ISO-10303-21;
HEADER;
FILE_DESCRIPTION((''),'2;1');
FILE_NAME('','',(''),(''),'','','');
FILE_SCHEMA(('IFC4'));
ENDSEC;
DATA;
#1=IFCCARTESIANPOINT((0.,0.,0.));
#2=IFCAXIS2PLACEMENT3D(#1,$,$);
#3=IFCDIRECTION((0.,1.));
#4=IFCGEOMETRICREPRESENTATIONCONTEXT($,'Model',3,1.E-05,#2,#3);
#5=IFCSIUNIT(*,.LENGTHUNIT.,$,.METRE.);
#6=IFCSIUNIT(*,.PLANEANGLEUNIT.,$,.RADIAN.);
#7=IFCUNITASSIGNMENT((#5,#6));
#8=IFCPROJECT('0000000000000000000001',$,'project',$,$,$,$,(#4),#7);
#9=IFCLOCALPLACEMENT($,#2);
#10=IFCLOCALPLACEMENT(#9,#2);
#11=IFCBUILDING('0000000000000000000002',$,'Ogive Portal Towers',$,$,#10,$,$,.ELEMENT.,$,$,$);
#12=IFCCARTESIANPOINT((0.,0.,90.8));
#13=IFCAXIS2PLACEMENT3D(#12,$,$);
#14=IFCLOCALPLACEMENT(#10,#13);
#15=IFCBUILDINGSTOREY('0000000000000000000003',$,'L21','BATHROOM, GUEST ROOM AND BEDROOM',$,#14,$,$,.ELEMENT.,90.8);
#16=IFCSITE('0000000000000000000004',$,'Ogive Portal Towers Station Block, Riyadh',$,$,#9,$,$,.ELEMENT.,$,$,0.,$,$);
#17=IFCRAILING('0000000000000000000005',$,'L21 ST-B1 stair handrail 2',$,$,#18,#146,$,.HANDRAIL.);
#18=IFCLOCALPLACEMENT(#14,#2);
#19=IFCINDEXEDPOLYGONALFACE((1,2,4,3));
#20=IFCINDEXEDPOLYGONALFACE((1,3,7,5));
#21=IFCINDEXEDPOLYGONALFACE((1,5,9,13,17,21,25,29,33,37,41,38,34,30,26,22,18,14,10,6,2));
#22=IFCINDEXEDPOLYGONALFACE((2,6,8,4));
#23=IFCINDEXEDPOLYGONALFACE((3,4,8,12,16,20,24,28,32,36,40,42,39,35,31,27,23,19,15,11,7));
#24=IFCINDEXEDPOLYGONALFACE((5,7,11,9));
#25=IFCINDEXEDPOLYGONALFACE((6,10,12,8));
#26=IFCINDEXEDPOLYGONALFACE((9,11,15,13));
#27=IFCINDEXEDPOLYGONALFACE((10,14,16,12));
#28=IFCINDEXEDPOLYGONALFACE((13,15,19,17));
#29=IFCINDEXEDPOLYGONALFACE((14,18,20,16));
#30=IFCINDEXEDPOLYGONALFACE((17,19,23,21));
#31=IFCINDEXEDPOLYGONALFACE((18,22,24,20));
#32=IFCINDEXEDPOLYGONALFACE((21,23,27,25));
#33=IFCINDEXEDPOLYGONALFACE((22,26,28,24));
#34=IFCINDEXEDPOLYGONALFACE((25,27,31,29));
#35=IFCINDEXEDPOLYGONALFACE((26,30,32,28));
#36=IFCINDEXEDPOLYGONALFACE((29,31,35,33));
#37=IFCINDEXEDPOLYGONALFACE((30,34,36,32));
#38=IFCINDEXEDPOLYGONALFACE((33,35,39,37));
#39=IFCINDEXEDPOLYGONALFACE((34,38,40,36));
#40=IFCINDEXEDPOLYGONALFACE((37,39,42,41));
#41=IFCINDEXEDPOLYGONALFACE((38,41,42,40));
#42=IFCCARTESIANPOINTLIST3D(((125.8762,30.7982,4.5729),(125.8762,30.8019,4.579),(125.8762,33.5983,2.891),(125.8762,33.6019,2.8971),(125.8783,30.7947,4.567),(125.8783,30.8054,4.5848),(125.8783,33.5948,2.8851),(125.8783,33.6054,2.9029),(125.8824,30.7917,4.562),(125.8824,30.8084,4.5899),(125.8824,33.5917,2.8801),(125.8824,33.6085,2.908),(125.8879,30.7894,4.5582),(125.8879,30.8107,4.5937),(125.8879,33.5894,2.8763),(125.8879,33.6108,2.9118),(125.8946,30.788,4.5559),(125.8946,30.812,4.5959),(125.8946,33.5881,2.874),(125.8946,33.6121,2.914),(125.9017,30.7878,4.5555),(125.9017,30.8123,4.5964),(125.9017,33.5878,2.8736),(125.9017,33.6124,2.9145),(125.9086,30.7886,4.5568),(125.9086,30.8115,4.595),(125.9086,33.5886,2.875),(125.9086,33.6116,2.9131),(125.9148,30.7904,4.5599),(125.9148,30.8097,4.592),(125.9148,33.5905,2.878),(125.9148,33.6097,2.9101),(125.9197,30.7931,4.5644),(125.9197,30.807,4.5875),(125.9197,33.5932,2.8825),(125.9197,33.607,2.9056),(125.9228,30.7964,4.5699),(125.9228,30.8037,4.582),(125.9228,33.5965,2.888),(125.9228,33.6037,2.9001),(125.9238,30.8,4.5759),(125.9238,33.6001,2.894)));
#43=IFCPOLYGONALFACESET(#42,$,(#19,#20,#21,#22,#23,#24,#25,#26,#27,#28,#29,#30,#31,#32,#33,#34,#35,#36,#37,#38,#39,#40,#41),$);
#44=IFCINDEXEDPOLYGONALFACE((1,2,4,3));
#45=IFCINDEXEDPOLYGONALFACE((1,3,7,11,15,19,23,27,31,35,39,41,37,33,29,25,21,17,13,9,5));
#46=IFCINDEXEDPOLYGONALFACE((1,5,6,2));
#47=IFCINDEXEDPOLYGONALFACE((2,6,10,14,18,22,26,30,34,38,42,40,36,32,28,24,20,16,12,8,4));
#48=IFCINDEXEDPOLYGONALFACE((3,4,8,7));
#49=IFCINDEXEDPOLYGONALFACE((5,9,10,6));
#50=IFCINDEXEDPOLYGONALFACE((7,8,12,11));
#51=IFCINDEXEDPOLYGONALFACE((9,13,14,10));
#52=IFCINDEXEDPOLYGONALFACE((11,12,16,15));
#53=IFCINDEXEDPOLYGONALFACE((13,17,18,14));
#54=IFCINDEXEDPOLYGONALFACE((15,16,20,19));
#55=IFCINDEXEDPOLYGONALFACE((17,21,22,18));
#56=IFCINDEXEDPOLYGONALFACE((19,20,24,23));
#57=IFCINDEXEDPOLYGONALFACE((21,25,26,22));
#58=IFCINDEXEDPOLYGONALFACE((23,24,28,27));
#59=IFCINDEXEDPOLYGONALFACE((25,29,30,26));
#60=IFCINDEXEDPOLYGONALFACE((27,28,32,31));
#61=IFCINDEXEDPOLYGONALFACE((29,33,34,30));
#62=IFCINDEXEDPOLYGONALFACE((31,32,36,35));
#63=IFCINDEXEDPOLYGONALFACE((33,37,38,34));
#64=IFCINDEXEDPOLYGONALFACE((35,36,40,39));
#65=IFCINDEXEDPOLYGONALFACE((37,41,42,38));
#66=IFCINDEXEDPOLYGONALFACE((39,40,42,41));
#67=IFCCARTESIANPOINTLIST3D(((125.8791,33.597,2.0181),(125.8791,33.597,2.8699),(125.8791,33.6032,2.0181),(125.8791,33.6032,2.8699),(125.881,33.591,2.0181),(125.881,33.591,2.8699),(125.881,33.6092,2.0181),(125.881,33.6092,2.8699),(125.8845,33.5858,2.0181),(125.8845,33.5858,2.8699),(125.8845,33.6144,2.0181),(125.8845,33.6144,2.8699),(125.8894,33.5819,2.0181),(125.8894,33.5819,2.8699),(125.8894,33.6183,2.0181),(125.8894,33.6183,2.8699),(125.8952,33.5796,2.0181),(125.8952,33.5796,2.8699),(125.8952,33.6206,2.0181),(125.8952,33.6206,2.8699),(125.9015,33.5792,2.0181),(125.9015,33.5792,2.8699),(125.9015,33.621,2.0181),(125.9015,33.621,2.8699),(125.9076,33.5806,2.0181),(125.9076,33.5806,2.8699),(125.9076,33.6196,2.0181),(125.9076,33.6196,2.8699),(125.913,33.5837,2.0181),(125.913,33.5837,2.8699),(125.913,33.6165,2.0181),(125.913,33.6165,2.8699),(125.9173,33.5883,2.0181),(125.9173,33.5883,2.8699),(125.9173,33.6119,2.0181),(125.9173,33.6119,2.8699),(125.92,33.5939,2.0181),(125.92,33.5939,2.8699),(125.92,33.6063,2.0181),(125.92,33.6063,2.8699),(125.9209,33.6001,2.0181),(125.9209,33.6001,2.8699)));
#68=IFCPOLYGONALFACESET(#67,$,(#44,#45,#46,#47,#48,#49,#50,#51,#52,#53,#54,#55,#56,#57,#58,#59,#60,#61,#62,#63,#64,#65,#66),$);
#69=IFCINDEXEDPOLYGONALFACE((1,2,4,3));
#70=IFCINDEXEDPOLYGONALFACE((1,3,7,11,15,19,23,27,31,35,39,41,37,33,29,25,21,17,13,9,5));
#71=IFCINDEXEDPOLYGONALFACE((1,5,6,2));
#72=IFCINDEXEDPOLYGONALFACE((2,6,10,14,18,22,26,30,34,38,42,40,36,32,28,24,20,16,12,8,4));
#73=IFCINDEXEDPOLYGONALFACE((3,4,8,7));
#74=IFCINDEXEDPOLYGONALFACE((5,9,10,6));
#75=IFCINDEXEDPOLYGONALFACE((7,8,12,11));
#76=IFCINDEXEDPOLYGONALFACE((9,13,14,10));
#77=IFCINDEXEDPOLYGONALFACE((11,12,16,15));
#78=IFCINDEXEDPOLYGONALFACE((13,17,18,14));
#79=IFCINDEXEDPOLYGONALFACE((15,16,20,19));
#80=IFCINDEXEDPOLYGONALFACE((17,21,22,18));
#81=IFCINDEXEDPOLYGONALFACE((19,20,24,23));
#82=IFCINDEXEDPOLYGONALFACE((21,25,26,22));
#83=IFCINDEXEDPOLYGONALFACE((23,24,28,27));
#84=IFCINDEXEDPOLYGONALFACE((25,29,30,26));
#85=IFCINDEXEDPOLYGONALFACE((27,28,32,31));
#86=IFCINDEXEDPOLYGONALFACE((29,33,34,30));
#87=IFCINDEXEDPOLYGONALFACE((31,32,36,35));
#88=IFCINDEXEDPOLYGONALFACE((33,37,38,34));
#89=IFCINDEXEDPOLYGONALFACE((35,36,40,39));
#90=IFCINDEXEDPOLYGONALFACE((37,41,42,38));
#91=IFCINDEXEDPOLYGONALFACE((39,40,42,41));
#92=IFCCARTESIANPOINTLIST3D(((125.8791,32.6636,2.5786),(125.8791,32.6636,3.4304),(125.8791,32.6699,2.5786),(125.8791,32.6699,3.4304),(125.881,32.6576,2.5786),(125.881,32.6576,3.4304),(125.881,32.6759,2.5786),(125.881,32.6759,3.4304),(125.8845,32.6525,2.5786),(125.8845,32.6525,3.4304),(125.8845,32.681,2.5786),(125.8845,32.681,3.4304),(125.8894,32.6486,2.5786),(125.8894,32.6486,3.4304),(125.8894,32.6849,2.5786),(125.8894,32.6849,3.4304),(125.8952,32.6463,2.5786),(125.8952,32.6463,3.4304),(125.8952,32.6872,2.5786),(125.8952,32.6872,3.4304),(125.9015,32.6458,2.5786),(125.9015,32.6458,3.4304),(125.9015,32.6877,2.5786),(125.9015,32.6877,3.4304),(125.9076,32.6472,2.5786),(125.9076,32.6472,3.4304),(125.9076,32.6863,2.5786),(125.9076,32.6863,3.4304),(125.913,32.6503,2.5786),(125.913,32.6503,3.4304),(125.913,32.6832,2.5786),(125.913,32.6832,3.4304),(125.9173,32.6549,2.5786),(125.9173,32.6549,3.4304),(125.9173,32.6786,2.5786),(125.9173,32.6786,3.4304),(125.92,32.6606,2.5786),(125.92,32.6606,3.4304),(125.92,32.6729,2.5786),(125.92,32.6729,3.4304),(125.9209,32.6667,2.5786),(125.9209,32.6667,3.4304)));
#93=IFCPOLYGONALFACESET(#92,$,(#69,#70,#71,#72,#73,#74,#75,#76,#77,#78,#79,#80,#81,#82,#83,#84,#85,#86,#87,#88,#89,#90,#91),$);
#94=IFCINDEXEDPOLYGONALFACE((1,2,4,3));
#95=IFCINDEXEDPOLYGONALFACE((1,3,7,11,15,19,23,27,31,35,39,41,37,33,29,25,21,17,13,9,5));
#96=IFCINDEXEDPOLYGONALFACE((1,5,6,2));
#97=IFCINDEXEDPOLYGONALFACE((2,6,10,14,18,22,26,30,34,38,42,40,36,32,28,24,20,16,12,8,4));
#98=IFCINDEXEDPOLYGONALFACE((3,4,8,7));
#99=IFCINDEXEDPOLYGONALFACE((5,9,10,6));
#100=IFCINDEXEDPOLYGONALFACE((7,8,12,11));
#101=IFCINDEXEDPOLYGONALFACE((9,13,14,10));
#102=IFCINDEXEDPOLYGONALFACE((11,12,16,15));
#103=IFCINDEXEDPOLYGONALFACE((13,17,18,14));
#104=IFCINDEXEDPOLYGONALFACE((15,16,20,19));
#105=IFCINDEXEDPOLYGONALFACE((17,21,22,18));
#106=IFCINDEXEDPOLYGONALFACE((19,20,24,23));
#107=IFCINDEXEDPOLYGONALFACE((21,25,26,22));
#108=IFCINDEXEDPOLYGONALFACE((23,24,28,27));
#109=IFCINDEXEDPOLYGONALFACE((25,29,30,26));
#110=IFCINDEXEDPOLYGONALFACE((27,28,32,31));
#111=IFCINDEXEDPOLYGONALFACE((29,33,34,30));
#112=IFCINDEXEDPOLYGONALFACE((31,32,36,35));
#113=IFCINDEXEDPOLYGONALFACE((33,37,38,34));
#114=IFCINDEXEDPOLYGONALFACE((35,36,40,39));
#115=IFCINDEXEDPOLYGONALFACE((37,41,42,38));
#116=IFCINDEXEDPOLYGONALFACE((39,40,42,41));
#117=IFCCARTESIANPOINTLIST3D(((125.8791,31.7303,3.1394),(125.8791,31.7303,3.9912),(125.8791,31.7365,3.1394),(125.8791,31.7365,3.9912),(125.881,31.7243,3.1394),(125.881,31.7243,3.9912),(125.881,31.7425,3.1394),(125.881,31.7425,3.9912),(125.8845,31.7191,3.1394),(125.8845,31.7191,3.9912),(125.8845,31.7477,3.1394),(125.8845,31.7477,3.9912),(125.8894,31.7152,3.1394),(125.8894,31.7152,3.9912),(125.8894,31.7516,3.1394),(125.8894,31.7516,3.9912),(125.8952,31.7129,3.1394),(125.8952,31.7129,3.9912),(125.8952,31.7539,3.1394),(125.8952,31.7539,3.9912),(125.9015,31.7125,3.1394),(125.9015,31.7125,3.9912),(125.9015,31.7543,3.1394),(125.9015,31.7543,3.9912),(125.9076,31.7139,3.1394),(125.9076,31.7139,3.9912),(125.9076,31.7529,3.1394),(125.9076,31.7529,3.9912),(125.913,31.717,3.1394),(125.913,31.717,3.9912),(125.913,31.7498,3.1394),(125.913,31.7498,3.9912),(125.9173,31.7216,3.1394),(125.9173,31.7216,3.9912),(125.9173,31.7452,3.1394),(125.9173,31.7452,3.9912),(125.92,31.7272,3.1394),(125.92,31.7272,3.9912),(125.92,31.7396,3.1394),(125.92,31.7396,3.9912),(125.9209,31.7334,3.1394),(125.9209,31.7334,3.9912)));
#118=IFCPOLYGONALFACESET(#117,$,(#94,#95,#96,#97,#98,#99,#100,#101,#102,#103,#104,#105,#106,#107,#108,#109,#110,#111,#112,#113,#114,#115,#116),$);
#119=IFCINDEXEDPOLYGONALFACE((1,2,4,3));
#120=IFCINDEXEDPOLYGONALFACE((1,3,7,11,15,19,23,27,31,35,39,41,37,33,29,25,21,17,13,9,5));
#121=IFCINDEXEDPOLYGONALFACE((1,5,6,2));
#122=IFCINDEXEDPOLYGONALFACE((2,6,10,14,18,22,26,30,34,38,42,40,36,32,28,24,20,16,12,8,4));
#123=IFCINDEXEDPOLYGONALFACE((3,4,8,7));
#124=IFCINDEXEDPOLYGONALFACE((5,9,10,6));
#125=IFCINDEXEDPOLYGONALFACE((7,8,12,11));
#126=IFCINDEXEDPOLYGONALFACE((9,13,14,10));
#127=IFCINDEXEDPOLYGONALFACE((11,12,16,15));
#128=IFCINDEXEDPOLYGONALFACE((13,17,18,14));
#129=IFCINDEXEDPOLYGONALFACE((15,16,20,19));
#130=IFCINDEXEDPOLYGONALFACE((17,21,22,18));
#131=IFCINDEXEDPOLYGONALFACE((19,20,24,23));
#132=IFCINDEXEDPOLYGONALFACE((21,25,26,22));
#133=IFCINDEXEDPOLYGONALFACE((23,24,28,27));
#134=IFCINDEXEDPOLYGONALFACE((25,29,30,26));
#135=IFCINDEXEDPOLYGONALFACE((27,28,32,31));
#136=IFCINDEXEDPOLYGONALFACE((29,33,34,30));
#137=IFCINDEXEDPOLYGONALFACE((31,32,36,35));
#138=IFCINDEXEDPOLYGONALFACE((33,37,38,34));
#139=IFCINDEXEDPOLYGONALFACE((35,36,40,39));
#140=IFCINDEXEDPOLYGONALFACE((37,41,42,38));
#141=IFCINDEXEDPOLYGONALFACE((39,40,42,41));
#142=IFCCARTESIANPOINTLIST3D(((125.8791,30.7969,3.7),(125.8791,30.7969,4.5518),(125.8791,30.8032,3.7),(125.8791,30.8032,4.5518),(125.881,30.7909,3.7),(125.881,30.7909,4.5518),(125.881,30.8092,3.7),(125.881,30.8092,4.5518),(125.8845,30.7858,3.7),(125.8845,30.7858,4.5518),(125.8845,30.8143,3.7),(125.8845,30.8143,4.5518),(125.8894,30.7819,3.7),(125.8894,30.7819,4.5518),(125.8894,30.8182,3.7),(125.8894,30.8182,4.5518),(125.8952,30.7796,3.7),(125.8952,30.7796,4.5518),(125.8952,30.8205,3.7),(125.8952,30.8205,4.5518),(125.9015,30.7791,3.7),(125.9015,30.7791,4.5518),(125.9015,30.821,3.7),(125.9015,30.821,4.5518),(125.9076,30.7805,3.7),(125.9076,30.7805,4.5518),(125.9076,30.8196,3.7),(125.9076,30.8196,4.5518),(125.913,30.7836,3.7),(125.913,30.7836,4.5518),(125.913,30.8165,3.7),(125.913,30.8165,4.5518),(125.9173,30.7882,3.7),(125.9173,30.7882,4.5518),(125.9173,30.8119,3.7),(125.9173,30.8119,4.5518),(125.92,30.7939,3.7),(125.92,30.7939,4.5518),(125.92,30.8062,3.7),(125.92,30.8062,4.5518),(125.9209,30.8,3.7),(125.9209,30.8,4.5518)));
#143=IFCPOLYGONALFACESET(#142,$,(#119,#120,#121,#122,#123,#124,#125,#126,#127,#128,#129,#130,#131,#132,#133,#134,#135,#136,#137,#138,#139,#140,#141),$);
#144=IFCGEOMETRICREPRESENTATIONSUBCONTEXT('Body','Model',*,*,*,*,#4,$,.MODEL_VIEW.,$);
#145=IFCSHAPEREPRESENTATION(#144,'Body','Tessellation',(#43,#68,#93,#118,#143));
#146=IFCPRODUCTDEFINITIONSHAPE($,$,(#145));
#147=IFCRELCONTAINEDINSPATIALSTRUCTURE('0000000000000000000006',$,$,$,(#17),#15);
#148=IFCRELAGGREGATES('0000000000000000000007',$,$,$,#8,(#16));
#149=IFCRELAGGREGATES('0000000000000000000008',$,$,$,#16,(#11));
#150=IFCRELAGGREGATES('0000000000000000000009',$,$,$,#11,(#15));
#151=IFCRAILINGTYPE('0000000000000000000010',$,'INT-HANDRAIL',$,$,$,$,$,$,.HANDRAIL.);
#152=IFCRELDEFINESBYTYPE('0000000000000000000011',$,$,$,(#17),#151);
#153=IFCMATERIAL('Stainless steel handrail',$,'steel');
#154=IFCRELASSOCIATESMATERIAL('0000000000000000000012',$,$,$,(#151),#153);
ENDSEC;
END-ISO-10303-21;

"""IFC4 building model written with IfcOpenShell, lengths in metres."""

from ifc_helpers import new_model, si_unit, direction, frame, origin, origin_2d, place, context, subcontext, project, spatial, circle, extrude, material, type_object, element, save


model = new_model("IFC4")

# Units and contexts
model_context = context("Model", 3, precision=1e-05, world=origin(), true_north=direction((0.0, 1.0)))
body_context = subcontext(model_context, "Body", "Model", "MODEL_VIEW")
ifc_project = project(units=[si_unit("LENGTHUNIT", "METRE"), si_unit("PLANEANGLEUNIT", "RADIAN")], contexts=[model_context])

# Site, building, storey
site_placement = place(None, origin())
site = spatial("IfcSite", under=ifc_project, at=site_placement, Name="Ogive Portal Towers Station Block, Riyadh", CompositionType="ELEMENT", RefElevation=0.0)
building_placement = place(site_placement, origin())
building = spatial("IfcBuilding", under=site, at=building_placement, Name="Ogive Portal Towers", CompositionType="ELEMENT")
storey_placement = place(building_placement, frame((0.0, 0.0, 90.8)))
storey = spatial("IfcBuildingStorey", under=building, at=storey_placement, Name="L21", Description="BATHROOM, GUEST ROOM AND BEDROOM", CompositionType="ELEMENT", Elevation=90.8)

# Railing
ifc_material_1 = material(Name="Stainless steel handrail", Category="steel")
railing_type_1 = type_object("IfcRailingType", Name="INT-HANDRAIL", PredefinedType="HANDRAIL", material=ifc_material_1)
railing_1_placement = place(storey_placement, frame((125.8999, 33.6001, 2.0181)))
element("IfcRailing", 1, at=railing_1_placement, inside=storey, type_object=railing_type_1, Name="L21 ST-B1 stair handrail 2", PredefinedType="HANDRAIL", context=body_context, shape_type="SweptSolid", body=[
    extrude(circle(Radius=0.0239, at=origin_2d()), frame((0.0, 0.0, 0.876), z_axis=(0.0, -0.857242, 0.514913), x_axis=(1.0, 0.0, 0.0)), (0.0, 0.0, 1.0), 3.2664),
    extrude(circle(Radius=0.021, at=origin_2d()), origin(), (0.0, 0.0, 1.0), 0.8518),
    extrude(circle(Radius=0.021, at=origin_2d()), frame((0.0, -0.9333, 0.5605)), (0.0, 0.0, 1.0), 0.8518),
    extrude(circle(Radius=0.021, at=origin_2d()), frame((0.0, -1.8667, 1.1213)), (0.0, 0.0, 1.0), 0.8518),
    extrude(circle(Radius=0.021, at=origin_2d()), frame((0.0, -2.8, 1.6819)), (0.0, 0.0, 1.0), 0.8518),
])

save(model, "model.ifc")
